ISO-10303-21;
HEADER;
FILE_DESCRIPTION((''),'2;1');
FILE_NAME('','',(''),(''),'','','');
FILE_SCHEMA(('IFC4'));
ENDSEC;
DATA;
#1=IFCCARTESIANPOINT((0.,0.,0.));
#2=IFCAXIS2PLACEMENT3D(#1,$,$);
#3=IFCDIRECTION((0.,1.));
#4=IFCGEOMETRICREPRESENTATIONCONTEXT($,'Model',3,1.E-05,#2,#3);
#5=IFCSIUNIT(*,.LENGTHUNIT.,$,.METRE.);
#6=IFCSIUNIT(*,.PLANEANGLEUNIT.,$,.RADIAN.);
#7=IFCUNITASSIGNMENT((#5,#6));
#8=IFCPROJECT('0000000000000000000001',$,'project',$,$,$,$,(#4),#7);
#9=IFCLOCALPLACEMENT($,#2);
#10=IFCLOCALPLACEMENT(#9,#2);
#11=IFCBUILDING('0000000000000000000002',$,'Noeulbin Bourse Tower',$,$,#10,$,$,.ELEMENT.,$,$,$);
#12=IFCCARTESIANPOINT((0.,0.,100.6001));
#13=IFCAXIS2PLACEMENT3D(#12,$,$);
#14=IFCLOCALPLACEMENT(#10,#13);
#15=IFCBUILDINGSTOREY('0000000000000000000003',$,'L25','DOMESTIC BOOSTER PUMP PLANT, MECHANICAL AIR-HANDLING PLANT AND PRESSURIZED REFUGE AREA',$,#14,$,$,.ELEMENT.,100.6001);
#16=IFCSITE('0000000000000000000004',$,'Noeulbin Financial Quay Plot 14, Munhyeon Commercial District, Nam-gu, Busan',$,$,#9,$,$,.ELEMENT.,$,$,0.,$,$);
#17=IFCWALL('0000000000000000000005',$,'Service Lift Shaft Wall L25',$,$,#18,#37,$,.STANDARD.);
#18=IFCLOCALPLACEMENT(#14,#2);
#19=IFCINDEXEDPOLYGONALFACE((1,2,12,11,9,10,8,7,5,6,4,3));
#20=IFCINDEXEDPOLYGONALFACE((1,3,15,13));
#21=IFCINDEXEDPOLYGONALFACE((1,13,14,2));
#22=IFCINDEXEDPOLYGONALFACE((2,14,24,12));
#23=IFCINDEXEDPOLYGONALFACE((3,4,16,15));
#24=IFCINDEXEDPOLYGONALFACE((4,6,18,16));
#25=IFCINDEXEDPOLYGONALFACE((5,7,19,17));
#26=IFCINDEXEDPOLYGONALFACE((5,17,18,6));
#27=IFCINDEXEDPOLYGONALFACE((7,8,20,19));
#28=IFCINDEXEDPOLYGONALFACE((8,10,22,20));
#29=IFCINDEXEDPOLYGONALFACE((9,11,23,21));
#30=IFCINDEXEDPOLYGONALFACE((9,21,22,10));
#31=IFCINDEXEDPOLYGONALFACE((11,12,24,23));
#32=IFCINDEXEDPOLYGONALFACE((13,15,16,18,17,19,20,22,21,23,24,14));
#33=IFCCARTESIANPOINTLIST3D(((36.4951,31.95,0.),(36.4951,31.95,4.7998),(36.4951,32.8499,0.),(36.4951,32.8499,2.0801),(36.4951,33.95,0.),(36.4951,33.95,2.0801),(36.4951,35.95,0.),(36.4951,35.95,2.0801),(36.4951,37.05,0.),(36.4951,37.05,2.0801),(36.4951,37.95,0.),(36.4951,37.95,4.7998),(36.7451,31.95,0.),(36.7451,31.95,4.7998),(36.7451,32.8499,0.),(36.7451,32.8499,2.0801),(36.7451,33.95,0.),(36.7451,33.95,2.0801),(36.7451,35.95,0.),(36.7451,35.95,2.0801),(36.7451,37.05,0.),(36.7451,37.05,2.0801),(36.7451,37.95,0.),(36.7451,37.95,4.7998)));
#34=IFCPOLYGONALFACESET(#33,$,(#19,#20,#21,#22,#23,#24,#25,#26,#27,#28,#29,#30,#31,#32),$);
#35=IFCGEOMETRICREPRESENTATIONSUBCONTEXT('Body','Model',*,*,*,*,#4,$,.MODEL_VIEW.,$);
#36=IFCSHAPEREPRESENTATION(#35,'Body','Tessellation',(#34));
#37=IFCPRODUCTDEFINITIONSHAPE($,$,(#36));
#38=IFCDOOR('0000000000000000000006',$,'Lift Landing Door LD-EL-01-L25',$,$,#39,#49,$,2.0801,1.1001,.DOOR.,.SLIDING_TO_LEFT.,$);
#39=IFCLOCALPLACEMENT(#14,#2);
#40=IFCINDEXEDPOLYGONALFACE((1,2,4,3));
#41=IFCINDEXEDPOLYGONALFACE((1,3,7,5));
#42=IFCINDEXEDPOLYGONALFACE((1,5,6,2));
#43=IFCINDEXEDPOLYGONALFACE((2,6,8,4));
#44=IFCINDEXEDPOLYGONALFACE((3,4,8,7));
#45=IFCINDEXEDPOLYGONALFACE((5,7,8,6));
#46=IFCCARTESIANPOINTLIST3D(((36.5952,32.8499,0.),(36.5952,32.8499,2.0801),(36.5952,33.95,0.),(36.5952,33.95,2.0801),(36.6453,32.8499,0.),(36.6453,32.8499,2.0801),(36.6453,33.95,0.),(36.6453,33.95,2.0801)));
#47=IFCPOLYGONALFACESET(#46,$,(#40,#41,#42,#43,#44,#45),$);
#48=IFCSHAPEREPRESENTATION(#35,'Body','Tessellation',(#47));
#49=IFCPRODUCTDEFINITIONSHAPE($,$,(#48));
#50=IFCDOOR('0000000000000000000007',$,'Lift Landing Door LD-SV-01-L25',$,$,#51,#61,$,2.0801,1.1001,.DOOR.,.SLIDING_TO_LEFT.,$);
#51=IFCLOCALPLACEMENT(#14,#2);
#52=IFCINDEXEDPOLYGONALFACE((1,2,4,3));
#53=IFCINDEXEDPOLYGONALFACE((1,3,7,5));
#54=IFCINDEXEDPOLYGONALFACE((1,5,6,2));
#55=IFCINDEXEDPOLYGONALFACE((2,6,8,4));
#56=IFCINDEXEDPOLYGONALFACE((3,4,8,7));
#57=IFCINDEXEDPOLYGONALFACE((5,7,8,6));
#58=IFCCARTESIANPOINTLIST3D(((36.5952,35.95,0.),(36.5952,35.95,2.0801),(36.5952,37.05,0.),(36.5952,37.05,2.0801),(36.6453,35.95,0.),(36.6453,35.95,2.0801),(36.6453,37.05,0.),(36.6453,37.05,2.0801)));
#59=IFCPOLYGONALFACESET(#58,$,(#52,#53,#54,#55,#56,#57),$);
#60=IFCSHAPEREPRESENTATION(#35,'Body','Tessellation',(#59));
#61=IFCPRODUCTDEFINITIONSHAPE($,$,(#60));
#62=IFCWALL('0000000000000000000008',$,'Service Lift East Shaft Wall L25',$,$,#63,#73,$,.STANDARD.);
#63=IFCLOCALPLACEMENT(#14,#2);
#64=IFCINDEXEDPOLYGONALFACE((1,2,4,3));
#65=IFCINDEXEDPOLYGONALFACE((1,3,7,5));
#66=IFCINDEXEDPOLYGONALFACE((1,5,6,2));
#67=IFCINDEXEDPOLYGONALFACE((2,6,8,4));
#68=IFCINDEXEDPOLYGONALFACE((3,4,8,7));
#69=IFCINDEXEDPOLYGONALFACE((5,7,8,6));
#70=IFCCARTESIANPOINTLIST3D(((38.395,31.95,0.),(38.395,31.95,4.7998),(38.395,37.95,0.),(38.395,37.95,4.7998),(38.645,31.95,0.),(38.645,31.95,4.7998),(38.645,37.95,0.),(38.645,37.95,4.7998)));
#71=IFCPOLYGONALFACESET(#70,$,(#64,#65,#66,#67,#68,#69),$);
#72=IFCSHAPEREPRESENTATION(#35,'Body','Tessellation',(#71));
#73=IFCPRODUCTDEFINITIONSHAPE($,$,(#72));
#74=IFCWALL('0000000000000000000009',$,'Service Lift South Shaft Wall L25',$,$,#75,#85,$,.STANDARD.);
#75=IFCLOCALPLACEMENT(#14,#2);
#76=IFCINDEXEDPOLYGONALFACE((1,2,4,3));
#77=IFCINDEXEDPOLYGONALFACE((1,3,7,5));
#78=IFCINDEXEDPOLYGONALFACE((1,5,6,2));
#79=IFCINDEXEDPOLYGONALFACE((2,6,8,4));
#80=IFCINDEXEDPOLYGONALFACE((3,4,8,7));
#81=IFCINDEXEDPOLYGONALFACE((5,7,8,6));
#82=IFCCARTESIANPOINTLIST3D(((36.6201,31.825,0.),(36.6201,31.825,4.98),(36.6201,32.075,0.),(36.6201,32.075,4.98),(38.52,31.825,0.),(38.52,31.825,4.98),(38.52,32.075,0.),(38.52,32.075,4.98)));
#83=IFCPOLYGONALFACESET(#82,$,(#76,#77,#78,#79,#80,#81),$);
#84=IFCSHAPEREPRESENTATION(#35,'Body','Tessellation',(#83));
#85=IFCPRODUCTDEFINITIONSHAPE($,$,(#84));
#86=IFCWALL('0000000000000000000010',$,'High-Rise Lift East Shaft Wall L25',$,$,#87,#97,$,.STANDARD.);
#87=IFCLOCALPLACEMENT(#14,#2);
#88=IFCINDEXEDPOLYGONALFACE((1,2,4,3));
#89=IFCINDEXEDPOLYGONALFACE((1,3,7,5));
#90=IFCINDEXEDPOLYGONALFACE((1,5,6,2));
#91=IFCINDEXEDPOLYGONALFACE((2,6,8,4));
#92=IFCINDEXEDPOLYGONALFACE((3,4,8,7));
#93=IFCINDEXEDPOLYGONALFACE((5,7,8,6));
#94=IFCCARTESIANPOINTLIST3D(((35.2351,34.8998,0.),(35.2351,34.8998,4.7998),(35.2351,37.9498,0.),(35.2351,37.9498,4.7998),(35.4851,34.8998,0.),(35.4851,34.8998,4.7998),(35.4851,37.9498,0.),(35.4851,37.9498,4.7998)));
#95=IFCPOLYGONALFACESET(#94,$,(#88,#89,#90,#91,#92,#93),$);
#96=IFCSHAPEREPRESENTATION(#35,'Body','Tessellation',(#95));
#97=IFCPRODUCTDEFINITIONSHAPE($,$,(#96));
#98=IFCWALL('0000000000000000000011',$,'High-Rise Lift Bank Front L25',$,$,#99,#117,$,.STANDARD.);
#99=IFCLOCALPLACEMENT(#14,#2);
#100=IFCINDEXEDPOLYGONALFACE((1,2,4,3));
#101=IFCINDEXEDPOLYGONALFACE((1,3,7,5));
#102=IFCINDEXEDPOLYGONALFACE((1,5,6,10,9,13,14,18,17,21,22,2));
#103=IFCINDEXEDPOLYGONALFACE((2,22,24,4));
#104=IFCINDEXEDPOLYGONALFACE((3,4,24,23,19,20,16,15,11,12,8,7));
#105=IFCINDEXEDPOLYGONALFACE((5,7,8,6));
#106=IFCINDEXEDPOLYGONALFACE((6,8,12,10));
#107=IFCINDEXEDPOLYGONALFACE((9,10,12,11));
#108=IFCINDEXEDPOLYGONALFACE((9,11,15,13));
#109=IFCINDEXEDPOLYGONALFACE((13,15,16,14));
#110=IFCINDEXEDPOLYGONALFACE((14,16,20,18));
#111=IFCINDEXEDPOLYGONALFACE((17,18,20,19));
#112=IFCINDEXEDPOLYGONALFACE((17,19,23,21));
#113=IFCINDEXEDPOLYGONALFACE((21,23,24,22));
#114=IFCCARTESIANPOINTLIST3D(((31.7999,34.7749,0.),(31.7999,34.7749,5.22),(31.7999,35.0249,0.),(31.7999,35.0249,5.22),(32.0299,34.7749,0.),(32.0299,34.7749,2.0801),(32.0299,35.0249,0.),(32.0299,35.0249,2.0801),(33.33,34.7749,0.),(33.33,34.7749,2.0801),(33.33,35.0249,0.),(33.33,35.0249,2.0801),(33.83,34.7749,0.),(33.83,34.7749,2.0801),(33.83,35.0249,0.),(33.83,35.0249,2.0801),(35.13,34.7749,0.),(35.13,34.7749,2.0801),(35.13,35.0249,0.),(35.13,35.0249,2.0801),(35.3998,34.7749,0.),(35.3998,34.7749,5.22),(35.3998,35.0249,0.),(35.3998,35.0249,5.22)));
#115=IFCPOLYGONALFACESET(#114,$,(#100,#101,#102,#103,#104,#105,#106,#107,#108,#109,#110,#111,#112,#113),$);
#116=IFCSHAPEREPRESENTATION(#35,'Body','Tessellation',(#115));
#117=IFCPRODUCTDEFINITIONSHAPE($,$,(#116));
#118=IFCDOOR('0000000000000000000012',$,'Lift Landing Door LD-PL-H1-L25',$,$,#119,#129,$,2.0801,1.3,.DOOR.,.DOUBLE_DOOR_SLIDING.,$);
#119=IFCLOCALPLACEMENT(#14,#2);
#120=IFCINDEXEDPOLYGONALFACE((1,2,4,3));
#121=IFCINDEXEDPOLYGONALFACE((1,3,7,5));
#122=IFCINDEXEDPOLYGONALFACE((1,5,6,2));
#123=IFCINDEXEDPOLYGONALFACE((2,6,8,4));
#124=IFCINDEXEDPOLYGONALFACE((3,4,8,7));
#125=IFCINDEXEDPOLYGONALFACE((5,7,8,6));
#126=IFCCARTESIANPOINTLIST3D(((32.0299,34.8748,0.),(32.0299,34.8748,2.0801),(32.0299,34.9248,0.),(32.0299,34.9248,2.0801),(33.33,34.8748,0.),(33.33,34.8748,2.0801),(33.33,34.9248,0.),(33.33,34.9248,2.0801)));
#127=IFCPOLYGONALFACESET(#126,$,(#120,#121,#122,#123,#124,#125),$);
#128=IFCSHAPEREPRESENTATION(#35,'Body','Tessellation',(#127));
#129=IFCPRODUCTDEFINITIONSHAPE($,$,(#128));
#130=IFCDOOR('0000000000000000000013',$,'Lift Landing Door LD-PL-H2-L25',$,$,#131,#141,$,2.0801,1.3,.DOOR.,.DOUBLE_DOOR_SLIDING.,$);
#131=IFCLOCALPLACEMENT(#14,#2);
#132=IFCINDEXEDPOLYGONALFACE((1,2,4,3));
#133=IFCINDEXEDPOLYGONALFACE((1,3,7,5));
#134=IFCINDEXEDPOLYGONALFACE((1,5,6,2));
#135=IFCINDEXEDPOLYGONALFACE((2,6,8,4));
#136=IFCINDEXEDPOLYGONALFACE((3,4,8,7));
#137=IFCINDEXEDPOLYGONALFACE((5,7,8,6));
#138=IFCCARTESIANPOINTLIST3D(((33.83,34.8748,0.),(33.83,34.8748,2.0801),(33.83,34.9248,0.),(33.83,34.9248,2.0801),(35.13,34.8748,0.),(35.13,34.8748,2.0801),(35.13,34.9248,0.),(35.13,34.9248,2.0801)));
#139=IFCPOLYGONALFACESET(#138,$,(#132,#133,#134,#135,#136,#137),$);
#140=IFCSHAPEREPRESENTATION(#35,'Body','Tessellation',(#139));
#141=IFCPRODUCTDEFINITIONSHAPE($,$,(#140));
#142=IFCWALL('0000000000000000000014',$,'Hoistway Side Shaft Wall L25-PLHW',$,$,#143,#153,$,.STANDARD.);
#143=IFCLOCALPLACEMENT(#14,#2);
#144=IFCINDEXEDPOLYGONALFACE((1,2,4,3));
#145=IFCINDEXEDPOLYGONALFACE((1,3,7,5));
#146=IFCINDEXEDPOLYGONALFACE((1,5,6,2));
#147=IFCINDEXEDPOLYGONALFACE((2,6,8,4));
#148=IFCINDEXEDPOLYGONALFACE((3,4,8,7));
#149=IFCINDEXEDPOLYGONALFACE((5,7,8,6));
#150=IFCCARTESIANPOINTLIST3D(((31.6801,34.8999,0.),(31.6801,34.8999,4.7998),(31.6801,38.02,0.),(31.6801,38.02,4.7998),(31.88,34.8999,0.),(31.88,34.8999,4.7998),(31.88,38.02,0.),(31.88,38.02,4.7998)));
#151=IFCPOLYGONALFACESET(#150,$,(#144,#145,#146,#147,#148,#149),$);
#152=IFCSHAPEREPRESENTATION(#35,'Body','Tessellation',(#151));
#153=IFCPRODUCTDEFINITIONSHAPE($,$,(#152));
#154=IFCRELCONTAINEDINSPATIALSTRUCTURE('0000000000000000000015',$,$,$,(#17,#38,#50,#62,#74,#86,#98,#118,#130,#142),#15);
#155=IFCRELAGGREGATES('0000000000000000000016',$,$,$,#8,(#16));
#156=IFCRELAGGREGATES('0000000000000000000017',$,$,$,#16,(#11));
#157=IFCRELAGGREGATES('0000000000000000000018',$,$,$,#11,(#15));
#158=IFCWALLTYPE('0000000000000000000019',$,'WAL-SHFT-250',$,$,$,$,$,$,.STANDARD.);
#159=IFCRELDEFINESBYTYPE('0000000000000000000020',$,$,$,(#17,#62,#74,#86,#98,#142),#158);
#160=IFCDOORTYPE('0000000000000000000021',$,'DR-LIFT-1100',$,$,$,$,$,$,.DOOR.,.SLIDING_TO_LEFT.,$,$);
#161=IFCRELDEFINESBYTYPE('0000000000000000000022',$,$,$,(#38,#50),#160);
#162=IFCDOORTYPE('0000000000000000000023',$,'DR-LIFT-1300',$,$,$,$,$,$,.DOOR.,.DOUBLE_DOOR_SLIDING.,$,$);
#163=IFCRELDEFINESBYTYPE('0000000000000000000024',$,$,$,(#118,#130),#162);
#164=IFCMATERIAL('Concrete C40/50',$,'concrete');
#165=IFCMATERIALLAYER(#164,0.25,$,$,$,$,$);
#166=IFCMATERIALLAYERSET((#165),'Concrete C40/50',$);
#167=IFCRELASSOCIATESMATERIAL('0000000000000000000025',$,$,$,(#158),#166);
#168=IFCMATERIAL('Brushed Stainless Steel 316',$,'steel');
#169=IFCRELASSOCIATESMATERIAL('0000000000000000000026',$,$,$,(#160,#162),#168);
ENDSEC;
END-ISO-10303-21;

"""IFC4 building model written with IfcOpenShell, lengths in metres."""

from ifc_helpers import new_model, si_unit, direction, frame, frame_2d, origin, place, context, subcontext, project, spatial, rectangle, extrude, material, layer, layer_set, type_object, element, fill, save


model = new_model("IFC4")

# Units and contexts
model_context = context("Model", 3, precision=1e-05, world=origin(), true_north=direction((0.0, 1.0)))
body_context = subcontext(model_context, "Body", "Model", "MODEL_VIEW")
ifc_project = project(units=[si_unit("LENGTHUNIT", "METRE"), si_unit("PLANEANGLEUNIT", "RADIAN")], contexts=[model_context])

# Site, building, storey
site_placement = place(None, origin())
site = spatial("IfcSite", under=ifc_project, at=site_placement, Name="Noeulbin Financial Quay Plot 14, Munhyeon Commercial District, Nam-gu, Busan", CompositionType="ELEMENT", RefElevation=0.0)
building_placement = place(site_placement, origin())
building = spatial("IfcBuilding", under=site, at=building_placement, Name="Noeulbin Bourse Tower", CompositionType="ELEMENT")
storey_placement = place(building_placement, frame((0.0, 0.0, 100.6001)))
storey = spatial("IfcBuildingStorey", under=building, at=storey_placement, Name="L25", Description="DOMESTIC BOOSTER PUMP PLANT, MECHANICAL AIR-HANDLING PLANT AND PRESSURIZED REFUGE AREA", CompositionType="ELEMENT", Elevation=100.6001)

# Shared definitions
ifc_material_1 = material(Name="Concrete C40/50", Category="concrete")

# Shared definitions
ifc_layer_1 = layer(ifc_material_1, 0.25)
ifc_layer_set_1 = layer_set([ifc_layer_1], Name="Concrete C40/50")
wall_type_1 = type_object("IfcWallType", Name="WAL-SHFT-250", PredefinedType="STANDARD", material=ifc_layer_set_1)

# Wall, openings, doors
wall_1_placement = place(storey_placement, frame((36.6201, 31.95, 0.0), z_axis=(0.0, 0.0, 1.0), x_axis=(0.0, 1.0, 0.0)))
wall_1 = element("IfcWall", 1, at=wall_1_placement, inside=storey, type_object=wall_type_1, Name="Service Lift Shaft Wall L25", PredefinedType="STANDARD", context=body_context, shape_type="SweptSolid", body=[
    extrude(rectangle(XDim=6.0, YDim=0.25, at=frame_2d((3.0, 0.0))), origin(), (0.0, 0.0, 1.0), 4.7998),
])
opening_1_placement = place(wall_1_placement, frame((0.8999, 0.0, 0.0)))
opening_1 = element("IfcOpeningElement", 2, at=opening_1_placement, cuts=wall_1, PredefinedType="OPENING", context=body_context, shape_type="SweptSolid", body=[
    extrude(rectangle(XDim=1.1001, YDim=2.0801, at=frame_2d((0.55, 1.04))), frame((0.0, 0.135, 0.0), z_axis=(0.0, -1.0, 0.0), x_axis=(1.0, 0.0, 0.0)), (0.0, 0.0, 1.0), 0.27),
])
opening_2_placement = place(wall_1_placement, frame((4.0, 0.0, 0.0)))
opening_2 = element("IfcOpeningElement", 3, at=opening_2_placement, cuts=wall_1, PredefinedType="OPENING", context=body_context, shape_type="SweptSolid", body=[
    extrude(rectangle(XDim=1.1001, YDim=2.0801, at=frame_2d((0.55, 1.04))), frame((0.0, 0.135, 0.0), z_axis=(0.0, -1.0, 0.0), x_axis=(1.0, 0.0, 0.0)), (0.0, 0.0, 1.0), 0.27),
])
ifc_material_2 = material(Name="Brushed Stainless Steel 316", Category="steel")
door_type_1 = type_object("IfcDoorType", Name="DR-LIFT-1100", OperationType="SLIDING_TO_LEFT", PredefinedType="DOOR", material=ifc_material_2)
door_1_placement = place(opening_1_placement, origin())
door_1 = element("IfcDoor", 4, at=door_1_placement, inside=storey, type_object=door_type_1, Name="Lift Landing Door LD-EL-01-L25", OperationType="SLIDING_TO_LEFT", OverallHeight=2.0801, OverallWidth=1.1001, PredefinedType="DOOR", context=body_context, shape_type="SweptSolid", body=[
    extrude(rectangle(XDim=1.1001, YDim=2.0801, at=frame_2d((0.55, 1.04))), frame((0.0, 0.0249, 0.0), z_axis=(0.0, -1.0, 0.0), x_axis=(1.0, 0.0, 0.0)), (0.0, 0.0, 1.0), 0.05),
])
fill(opening_1, door_1)
door_2_placement = place(opening_2_placement, origin())
door_2 = element("IfcDoor", 5, at=door_2_placement, inside=storey, type_object=door_type_1, Name="Lift Landing Door LD-SV-01-L25", OperationType="SLIDING_TO_LEFT", OverallHeight=2.0801, OverallWidth=1.1001, PredefinedType="DOOR", context=body_context, shape_type="SweptSolid", body=[
    extrude(rectangle(XDim=1.1001, YDim=2.0801, at=frame_2d((0.55, 1.04))), frame((0.0, 0.0249, 0.0), z_axis=(0.0, -1.0, 0.0), x_axis=(1.0, 0.0, 0.0)), (0.0, 0.0, 1.0), 0.05),
])
fill(opening_2, door_2)

# Walls
wall_2_placement = place(storey_placement, frame((38.52, 31.95, 0.0), z_axis=(0.0, 0.0, 1.0), x_axis=(0.0, 1.0, 0.0)))
element("IfcWall", 6, at=wall_2_placement, inside=storey, type_object=wall_type_1, Name="Service Lift East Shaft Wall L25", PredefinedType="STANDARD", context=body_context, shape_type="SweptSolid", body=[
    extrude(rectangle(XDim=6.0, YDim=0.25, at=frame_2d((3.0, 0.0))), origin(), (0.0, 0.0, 1.0), 4.7998),
])
wall_3_placement = place(storey_placement, frame((36.6201, 31.95, 0.0), z_axis=(0.0, 0.0, 1.0), x_axis=(1.0, 0.0, 0.0)))
element("IfcWall", 7, at=wall_3_placement, inside=storey, type_object=wall_type_1, Name="Service Lift South Shaft Wall L25", PredefinedType="STANDARD", context=body_context, shape_type="SweptSolid", body=[
    extrude(rectangle(XDim=1.8999, YDim=0.25, at=frame_2d((0.95, 0.0))), origin(), (0.0, 0.0, 1.0), 4.98),
])
wall_4_placement = place(storey_placement, frame((35.3601, 34.8999, 0.0), z_axis=(0.0, 0.0, 1.0), x_axis=(0.0, 1.0, 0.0)))
element("IfcWall", 8, at=wall_4_placement, inside=storey, type_object=wall_type_1, Name="High-Rise Lift East Shaft Wall L25", PredefinedType="STANDARD", context=body_context, shape_type="SweptSolid", body=[
    extrude(rectangle(XDim=3.05, YDim=0.25, at=frame_2d((1.5249, 0.0))), origin(), (0.0, 0.0, 1.0), 4.7998),
])

# Wall, openings, doors
wall_5_placement = place(storey_placement, frame((31.8, 34.8999, 0.0), z_axis=(0.0, 0.0, 1.0), x_axis=(1.0, 0.0, 0.0)))
wall_5 = element("IfcWall", 9, at=wall_5_placement, inside=storey, type_object=wall_type_1, Name="High-Rise Lift Bank Front L25", PredefinedType="STANDARD", context=body_context, shape_type="SweptSolid", body=[
    extrude(rectangle(XDim=3.5999, YDim=0.25, at=frame_2d((1.7998, 0.0))), origin(), (0.0, 0.0, 1.0), 5.22),
])
opening_3_placement = place(wall_5_placement, frame((0.23, 0.0, 0.0)))
opening_3 = element("IfcOpeningElement", 10, at=opening_3_placement, cuts=wall_5, PredefinedType="OPENING", context=body_context, shape_type="SweptSolid", body=[
    extrude(rectangle(XDim=1.3, YDim=2.0801, at=frame_2d((0.6499, 1.04))), frame((0.0, 0.135, 0.0), z_axis=(0.0, -1.0, 0.0), x_axis=(1.0, 0.0, 0.0)), (0.0, 0.0, 1.0), 0.27),
])
opening_4_placement = place(wall_5_placement, frame((2.03, 0.0, 0.0)))
opening_4 = element("IfcOpeningElement", 11, at=opening_4_placement, cuts=wall_5, PredefinedType="OPENING", context=body_context, shape_type="SweptSolid", body=[
    extrude(rectangle(XDim=1.3, YDim=2.0801, at=frame_2d((0.6499, 1.04))), frame((0.0, 0.135, 0.0), z_axis=(0.0, -1.0, 0.0), x_axis=(1.0, 0.0, 0.0)), (0.0, 0.0, 1.0), 0.27),
])
door_type_2 = type_object("IfcDoorType", Name="DR-LIFT-1300", OperationType="DOUBLE_DOOR_SLIDING", PredefinedType="DOOR", material=ifc_material_2)
door_3_placement = place(opening_3_placement, origin())
door_3 = element("IfcDoor", 12, at=door_3_placement, inside=storey, type_object=door_type_2, Name="Lift Landing Door LD-PL-H1-L25", OperationType="DOUBLE_DOOR_SLIDING", OverallHeight=2.0801, OverallWidth=1.3, PredefinedType="DOOR", context=body_context, shape_type="SweptSolid", body=[
    extrude(rectangle(XDim=1.3, YDim=2.0801, at=frame_2d((0.6499, 1.04))), frame((0.0, 0.0249, 0.0), z_axis=(0.0, -1.0, 0.0), x_axis=(1.0, 0.0, 0.0)), (0.0, 0.0, 1.0), 0.05),
])
fill(opening_3, door_3)
door_4_placement = place(opening_4_placement, origin())
door_4 = element("IfcDoor", 13, at=door_4_placement, inside=storey, type_object=door_type_2, Name="Lift Landing Door LD-PL-H2-L25", OperationType="DOUBLE_DOOR_SLIDING", OverallHeight=2.0801, OverallWidth=1.3, PredefinedType="DOOR", context=body_context, shape_type="SweptSolid", body=[
    extrude(rectangle(XDim=1.3, YDim=2.0801, at=frame_2d((0.6499, 1.04))), frame((0.0, 0.0249, 0.0), z_axis=(0.0, -1.0, 0.0), x_axis=(1.0, 0.0, 0.0)), (0.0, 0.0, 1.0), 0.05),
])
fill(opening_4, door_4)

# Wall
wall_6_placement = place(storey_placement, frame((31.78, 34.8999, 0.0), z_axis=(0.0, 0.0, 1.0), x_axis=(0.0, 1.0, 0.0)))
element("IfcWall", 14, at=wall_6_placement, inside=storey, type_object=wall_type_1, Name="Hoistway Side Shaft Wall L25-PLHW", PredefinedType="STANDARD", context=body_context, shape_type="SweptSolid", body=[
    extrude(rectangle(XDim=3.1201, YDim=0.2, at=frame_2d((1.5601, 0.0))), origin(), (0.0, 0.0, 1.0), 4.7998),
])

save(model, "model.ifc")
